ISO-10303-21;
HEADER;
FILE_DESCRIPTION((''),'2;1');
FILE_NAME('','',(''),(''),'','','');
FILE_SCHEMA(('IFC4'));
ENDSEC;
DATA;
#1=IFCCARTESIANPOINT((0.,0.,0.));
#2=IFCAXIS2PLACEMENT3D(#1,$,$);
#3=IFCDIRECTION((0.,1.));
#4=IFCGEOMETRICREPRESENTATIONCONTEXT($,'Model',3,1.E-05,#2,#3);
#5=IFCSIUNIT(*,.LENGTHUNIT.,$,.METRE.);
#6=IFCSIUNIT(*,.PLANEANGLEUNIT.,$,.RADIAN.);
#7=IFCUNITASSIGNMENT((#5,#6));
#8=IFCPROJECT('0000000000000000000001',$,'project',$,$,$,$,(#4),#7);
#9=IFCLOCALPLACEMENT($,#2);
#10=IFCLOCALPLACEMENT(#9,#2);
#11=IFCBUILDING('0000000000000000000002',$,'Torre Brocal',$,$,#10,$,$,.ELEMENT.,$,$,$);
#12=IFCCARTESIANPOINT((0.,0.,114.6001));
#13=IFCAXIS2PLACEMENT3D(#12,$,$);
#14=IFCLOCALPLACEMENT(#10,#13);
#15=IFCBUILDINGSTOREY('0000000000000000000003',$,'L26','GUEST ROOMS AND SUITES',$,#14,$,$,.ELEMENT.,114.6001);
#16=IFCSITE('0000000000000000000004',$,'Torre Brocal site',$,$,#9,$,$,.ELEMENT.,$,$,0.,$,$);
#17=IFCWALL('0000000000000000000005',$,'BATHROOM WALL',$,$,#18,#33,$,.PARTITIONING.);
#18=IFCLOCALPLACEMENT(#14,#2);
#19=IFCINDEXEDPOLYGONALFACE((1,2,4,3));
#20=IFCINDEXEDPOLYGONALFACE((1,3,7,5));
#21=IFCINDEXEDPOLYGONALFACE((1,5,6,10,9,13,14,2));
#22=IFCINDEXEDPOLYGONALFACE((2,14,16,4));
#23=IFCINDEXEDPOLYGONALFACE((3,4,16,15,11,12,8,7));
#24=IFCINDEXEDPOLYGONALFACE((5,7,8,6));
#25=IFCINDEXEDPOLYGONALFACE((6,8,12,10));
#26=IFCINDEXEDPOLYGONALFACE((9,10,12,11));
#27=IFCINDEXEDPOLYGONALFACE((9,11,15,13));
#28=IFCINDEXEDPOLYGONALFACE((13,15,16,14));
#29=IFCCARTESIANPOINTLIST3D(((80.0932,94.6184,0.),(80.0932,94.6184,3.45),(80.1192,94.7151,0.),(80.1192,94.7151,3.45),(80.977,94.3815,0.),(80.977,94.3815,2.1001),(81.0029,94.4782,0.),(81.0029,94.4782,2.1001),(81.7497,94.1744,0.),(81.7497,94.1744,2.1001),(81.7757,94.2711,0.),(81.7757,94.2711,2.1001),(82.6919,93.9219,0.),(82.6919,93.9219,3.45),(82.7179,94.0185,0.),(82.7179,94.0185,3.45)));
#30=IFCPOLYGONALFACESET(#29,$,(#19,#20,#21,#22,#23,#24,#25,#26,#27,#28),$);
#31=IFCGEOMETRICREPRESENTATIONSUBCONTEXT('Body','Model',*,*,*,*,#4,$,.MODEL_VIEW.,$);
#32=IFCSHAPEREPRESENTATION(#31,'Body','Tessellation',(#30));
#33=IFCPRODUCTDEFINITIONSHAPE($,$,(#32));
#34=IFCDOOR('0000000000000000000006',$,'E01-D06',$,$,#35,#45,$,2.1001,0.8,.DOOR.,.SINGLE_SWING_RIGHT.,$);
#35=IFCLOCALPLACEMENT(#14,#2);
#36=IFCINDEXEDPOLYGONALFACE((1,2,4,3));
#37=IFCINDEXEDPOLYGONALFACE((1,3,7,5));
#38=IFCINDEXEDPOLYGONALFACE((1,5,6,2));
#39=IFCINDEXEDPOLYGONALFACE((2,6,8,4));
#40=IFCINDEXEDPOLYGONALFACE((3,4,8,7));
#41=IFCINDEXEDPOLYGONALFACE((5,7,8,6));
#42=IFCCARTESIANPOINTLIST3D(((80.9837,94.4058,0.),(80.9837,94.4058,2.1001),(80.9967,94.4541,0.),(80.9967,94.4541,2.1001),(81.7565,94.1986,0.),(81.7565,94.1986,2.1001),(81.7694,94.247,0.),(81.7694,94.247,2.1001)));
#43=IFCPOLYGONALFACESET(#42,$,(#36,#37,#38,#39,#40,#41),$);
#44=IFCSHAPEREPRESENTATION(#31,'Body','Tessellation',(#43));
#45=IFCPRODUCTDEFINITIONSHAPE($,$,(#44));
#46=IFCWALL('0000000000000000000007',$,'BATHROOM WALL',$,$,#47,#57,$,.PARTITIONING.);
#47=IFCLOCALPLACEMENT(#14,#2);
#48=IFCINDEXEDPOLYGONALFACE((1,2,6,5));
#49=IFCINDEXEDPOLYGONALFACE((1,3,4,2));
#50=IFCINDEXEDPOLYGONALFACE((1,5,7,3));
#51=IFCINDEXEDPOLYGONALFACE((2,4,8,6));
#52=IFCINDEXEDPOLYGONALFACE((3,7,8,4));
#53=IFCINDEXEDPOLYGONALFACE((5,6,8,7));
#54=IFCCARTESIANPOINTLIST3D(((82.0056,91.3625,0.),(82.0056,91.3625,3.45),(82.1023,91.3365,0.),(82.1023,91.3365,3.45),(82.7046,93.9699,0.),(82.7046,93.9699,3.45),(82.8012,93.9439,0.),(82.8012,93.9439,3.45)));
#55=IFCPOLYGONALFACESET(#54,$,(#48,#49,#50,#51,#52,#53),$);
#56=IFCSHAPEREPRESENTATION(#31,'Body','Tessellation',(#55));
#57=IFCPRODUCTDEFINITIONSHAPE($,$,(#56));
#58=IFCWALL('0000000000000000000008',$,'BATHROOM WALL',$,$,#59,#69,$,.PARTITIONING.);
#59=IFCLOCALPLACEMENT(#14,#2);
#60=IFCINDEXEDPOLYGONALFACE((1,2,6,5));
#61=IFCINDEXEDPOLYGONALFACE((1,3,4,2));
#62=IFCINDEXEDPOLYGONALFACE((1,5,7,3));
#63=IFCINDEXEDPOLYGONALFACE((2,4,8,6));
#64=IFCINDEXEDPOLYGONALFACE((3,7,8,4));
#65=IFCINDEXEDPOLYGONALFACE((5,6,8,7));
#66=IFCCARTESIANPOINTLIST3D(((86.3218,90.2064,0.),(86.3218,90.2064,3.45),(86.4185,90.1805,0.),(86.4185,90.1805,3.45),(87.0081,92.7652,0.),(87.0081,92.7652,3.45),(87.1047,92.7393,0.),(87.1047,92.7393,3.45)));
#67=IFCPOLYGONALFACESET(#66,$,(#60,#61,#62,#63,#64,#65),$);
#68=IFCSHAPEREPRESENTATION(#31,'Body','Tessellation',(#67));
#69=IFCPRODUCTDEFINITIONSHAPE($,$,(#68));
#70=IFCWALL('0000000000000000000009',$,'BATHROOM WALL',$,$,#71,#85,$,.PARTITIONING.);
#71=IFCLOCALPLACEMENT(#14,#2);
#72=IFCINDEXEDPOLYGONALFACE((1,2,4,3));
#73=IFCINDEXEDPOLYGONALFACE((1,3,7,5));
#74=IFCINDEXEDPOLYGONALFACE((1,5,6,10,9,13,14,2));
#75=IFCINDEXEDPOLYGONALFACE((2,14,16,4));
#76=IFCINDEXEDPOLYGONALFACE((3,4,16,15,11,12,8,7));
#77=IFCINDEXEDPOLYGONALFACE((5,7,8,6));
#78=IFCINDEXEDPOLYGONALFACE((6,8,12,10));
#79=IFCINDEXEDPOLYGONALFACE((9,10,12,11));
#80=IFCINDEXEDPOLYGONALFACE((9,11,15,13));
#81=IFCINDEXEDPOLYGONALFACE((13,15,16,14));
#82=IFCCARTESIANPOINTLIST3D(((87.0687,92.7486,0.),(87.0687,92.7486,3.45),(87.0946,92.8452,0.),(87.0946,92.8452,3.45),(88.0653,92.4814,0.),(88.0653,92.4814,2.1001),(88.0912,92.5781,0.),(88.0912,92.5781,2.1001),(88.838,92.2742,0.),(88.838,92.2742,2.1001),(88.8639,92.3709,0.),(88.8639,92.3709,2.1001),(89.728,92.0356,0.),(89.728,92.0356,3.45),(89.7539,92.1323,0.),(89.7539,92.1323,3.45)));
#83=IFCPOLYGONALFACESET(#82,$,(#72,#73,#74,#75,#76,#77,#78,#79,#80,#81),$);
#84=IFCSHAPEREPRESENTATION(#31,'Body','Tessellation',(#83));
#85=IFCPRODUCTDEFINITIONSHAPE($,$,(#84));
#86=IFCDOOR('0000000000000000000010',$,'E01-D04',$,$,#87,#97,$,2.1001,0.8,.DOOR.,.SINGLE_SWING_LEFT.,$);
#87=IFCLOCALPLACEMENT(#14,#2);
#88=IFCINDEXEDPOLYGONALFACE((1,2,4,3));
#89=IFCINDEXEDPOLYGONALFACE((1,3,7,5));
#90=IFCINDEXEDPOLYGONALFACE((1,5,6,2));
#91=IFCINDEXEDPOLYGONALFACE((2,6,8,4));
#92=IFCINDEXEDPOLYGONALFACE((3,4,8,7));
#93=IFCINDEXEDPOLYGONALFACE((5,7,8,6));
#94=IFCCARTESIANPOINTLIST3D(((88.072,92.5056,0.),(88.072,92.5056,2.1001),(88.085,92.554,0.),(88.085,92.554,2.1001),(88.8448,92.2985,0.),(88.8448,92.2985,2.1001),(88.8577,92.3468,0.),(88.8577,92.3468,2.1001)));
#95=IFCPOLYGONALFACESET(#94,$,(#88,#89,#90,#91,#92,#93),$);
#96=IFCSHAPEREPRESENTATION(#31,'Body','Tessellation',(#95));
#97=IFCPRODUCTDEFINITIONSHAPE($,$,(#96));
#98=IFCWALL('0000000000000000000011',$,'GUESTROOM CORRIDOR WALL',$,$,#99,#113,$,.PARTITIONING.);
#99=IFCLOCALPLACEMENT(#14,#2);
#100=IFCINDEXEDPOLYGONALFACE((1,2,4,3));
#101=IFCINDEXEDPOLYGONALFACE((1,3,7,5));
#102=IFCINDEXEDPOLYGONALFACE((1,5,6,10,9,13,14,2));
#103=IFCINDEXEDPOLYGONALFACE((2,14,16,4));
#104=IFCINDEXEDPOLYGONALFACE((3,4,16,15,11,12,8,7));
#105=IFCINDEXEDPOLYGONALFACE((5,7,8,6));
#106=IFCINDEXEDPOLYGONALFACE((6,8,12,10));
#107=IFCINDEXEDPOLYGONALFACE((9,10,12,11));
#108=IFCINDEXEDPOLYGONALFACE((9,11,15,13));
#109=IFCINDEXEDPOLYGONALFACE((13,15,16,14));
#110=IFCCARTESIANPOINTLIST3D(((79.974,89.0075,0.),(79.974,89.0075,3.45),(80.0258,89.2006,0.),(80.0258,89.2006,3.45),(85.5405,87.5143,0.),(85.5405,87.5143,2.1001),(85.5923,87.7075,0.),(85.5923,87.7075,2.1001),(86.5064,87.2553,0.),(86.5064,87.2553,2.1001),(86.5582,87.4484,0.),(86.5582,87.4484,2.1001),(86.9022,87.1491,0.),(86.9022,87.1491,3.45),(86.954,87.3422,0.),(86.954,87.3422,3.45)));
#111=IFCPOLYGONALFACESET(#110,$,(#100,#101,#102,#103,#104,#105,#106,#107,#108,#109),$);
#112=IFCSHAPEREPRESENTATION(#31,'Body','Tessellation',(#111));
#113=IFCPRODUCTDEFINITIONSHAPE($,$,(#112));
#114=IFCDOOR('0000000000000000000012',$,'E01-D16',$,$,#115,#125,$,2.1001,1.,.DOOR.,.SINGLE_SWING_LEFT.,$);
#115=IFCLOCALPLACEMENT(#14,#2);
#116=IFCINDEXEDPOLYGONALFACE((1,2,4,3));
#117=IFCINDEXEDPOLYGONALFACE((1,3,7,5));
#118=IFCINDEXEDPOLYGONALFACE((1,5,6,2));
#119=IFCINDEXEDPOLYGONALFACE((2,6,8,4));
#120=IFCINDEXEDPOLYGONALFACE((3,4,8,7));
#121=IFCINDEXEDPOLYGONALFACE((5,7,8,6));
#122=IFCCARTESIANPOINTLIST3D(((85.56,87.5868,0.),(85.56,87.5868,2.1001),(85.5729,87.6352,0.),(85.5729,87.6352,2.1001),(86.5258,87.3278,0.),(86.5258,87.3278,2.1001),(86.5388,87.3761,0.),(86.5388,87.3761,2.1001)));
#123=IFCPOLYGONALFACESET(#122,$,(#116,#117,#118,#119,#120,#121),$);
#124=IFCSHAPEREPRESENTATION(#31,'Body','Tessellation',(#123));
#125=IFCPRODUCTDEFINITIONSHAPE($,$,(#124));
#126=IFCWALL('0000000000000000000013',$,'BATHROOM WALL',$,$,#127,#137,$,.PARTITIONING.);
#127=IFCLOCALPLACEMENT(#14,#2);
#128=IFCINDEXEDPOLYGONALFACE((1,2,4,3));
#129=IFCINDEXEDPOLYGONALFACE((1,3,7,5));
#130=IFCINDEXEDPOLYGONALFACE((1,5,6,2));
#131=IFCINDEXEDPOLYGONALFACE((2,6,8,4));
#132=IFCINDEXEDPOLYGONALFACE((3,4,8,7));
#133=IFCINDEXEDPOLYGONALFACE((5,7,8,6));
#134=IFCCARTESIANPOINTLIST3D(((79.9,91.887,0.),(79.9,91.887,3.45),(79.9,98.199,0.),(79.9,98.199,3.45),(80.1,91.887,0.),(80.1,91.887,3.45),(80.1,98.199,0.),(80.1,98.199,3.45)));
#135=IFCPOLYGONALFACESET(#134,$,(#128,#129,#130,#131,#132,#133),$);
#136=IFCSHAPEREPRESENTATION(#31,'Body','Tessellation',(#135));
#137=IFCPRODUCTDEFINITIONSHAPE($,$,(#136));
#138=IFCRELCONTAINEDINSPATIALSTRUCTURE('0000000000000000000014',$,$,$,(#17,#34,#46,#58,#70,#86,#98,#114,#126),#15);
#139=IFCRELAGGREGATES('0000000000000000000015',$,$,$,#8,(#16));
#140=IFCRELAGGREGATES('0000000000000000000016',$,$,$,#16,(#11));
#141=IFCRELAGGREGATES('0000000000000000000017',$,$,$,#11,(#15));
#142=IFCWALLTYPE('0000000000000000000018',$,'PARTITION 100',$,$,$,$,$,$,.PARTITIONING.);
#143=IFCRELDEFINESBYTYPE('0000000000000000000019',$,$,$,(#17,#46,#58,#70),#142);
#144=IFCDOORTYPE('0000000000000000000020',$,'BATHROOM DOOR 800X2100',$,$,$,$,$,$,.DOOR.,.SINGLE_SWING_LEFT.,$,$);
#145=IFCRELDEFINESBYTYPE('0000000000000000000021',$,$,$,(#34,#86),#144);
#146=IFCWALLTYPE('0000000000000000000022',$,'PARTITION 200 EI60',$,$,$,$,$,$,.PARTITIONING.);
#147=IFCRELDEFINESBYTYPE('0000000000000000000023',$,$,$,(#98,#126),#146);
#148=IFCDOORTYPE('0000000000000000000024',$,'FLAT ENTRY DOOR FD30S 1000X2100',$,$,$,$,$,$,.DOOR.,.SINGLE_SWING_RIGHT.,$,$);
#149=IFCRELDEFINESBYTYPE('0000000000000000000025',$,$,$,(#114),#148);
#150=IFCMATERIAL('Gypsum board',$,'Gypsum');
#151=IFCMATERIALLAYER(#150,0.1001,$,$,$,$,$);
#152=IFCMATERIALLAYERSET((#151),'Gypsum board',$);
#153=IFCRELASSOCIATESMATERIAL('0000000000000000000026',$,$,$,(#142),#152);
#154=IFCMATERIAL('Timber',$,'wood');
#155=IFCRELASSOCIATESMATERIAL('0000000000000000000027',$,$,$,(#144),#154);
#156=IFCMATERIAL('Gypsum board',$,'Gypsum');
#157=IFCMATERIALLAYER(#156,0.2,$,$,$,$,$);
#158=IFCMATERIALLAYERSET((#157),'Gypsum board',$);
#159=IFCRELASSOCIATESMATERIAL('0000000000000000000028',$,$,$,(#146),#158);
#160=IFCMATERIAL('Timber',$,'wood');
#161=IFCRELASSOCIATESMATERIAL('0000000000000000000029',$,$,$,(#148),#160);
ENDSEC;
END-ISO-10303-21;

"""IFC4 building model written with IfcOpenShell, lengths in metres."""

from ifc_helpers import new_model, si_unit, direction, frame, frame_2d, origin, place, context, subcontext, project, spatial, rectangle, extrude, material, layer, layer_set, type_object, element, fill, save


model = new_model("IFC4")

# Units and contexts
model_context = context("Model", 3, precision=1e-05, world=origin(), true_north=direction((0.0, 1.0)))
body_context = subcontext(model_context, "Body", "Model", "MODEL_VIEW")
ifc_project = project(units=[si_unit("LENGTHUNIT", "METRE"), si_unit("PLANEANGLEUNIT", "RADIAN")], contexts=[model_context])

# Site, building, storey
site_placement = place(None, origin())
site = spatial("IfcSite", under=ifc_project, at=site_placement, Name="Torre Brocal site", CompositionType="ELEMENT", RefElevation=0.0)
building_placement = place(site_placement, origin())
building = spatial("IfcBuilding", under=site, at=building_placement, Name="Torre Brocal", CompositionType="ELEMENT")
storey_placement = place(building_placement, frame((0.0, 0.0, 114.6001)))
storey = spatial("IfcBuildingStorey", under=building, at=storey_placement, Name="L26", Description="GUEST ROOMS AND SUITES", CompositionType="ELEMENT", Elevation=114.6001)

# Wall, opening, door
ifc_material_1 = material(Name="Gypsum board", Category="Gypsum")
ifc_layer_1 = layer(ifc_material_1, 0.1001)
ifc_layer_set_1 = layer_set([ifc_layer_1], Name="Gypsum board")
wall_type_1 = type_object("IfcWallType", Name="PARTITION 100", PredefinedType="PARTITIONING", material=ifc_layer_set_1)
wall_1_placement = place(storey_placement, frame((80.1062, 94.6667, 0.0), z_axis=(0.0, 0.0, 1.0), x_axis=(0.965904, -0.258899, 0.0)))
wall_1 = element("IfcWall", 1, at=wall_1_placement, inside=storey, type_object=wall_type_1, Name="BATHROOM WALL", PredefinedType="PARTITIONING", context=body_context, shape_type="SweptSolid", body=[
    extrude(rectangle(XDim=2.6904, YDim=0.1001, at=frame_2d((1.3452, 0.0))), origin(), (0.0, 0.0, 1.0), 3.45),
])
opening_1_placement = place(wall_1_placement, frame((0.915, 0.0, 0.0)))
opening_1 = element("IfcOpeningElement", 2, at=opening_1_placement, cuts=wall_1, PredefinedType="OPENING", context=body_context, shape_type="SweptSolid", body=[
    extrude(rectangle(XDim=0.8, YDim=2.1001, at=frame_2d((0.3999, 1.05))), frame((0.0, 0.0601, 0.0), z_axis=(0.0, -1.0, 0.0), x_axis=(1.0, 0.0, 0.0)), (0.0, 0.0, 1.0), 0.1201),
])
ifc_material_2 = material(Name="Timber", Category="wood")
door_type_1 = type_object("IfcDoorType", Name="BATHROOM DOOR 800X2100", OperationType="SINGLE_SWING_LEFT", PredefinedType="DOOR", material=ifc_material_2)
door_1_placement = place(opening_1_placement, frame((0.8, 0.0, 0.0), z_axis=(0.0, 0.0, 1.0), x_axis=(-1.0, 0.0, 0.0)))
door_1 = element("IfcDoor", 3, at=door_1_placement, inside=storey, type_object=door_type_1, Name="E01-D06", OperationType="SINGLE_SWING_RIGHT", OverallHeight=2.1001, OverallWidth=0.8, PredefinedType="DOOR", context=body_context, shape_type="SweptSolid", body=[
    extrude(rectangle(XDim=0.8, YDim=2.1001, at=frame_2d((0.3999, 1.05))), frame((0.0, 0.0249, 0.0), z_axis=(0.0, -1.0, 0.0), x_axis=(1.0, 0.0, 0.0)), (0.0, 0.0, 1.0), 0.05),
])
fill(opening_1, door_1)

# Walls
wall_2_placement = place(storey_placement, frame((82.054, 91.3496, 0.0), z_axis=(0.0, 0.0, 1.0), x_axis=(0.258929, 0.965896, 0.0)))
element("IfcWall", 4, at=wall_2_placement, inside=storey, type_object=wall_type_1, Name="BATHROOM WALL", PredefinedType="PARTITIONING", context=body_context, shape_type="SweptSolid", body=[
    extrude(rectangle(XDim=2.6995, YDim=0.1001, at=frame_2d((1.3496, 0.0))), origin(), (0.0, 0.0, 1.0), 3.45),
])
wall_3_placement = place(storey_placement, frame((86.3701, 90.1934, 0.0), z_axis=(0.0, 0.0, 1.0), x_axis=(0.259045, 0.965865, 0.0)))
element("IfcWall", 5, at=wall_3_placement, inside=storey, type_object=wall_type_1, Name="BATHROOM WALL", PredefinedType="PARTITIONING", context=body_context, shape_type="SweptSolid", body=[
    extrude(rectangle(XDim=2.6492, YDim=0.1001, at=frame_2d((1.3247, 0.0))), origin(), (0.0, 0.0, 1.0), 3.45),
])

# Walls, openings, doors
wall_4_placement = place(storey_placement, frame((87.0818, 92.7969, 0.0), z_axis=(0.0, 0.0, 1.0), x_axis=(0.965893, -0.258943, 0.0)))
wall_4 = element("IfcWall", 6, at=wall_4_placement, inside=storey, type_object=wall_type_1, Name="BATHROOM WALL", PredefinedType="PARTITIONING", context=body_context, shape_type="SweptSolid", body=[
    extrude(rectangle(XDim=2.7532, YDim=0.1001, at=frame_2d((1.3765, 0.0))), origin(), (0.0, 0.0, 1.0), 3.45),
])
opening_2_placement = place(wall_4_placement, frame((1.0317, 0.0, 0.0)))
opening_2 = element("IfcOpeningElement", 7, at=opening_2_placement, cuts=wall_4, PredefinedType="OPENING", context=body_context, shape_type="SweptSolid", body=[
    extrude(rectangle(XDim=0.8, YDim=2.1001, at=frame_2d((0.3999, 1.05))), frame((0.0, 0.0601, 0.0), z_axis=(0.0, -1.0, 0.0), x_axis=(1.0, 0.0, 0.0)), (0.0, 0.0, 1.0), 0.1201),
])
door_2_placement = place(opening_2_placement, frame((0.8, 0.0, 0.0), z_axis=(0.0, 0.0, 1.0), x_axis=(-1.0, 0.0, 0.0)))
door_2 = element("IfcDoor", 8, at=door_2_placement, inside=storey, type_object=door_type_1, Name="E01-D04", OperationType="SINGLE_SWING_LEFT", OverallHeight=2.1001, OverallWidth=0.8, PredefinedType="DOOR", context=body_context, shape_type="SweptSolid", body=[
    extrude(rectangle(XDim=0.8, YDim=2.1001, at=frame_2d((0.3999, 1.05))), frame((0.0, 0.0249, 0.0), z_axis=(0.0, -1.0, 0.0), x_axis=(1.0, 0.0, 0.0)), (0.0, 0.0, 1.0), 0.05),
])
fill(opening_2, door_2)
ifc_material_3 = material(Name="Gypsum board", Category="Gypsum")
ifc_layer_2 = layer(ifc_material_3, 0.2)
ifc_layer_set_2 = layer_set([ifc_layer_2], Name="Gypsum board")
wall_type_2 = type_object("IfcWallType", Name="PARTITION 200 EI60", PredefinedType="PARTITIONING", material=ifc_layer_set_2)
wall_5_placement = place(storey_placement, frame((80.0, 89.104, 0.0), z_axis=(0.0, 0.0, 1.0), x_axis=(0.965857, -0.259077, 0.0)))
wall_5 = element("IfcWall", 9, at=wall_5_placement, inside=storey, type_object=wall_type_2, Name="GUESTROOM CORRIDOR WALL", PredefinedType="PARTITIONING", context=body_context, shape_type="SweptSolid", body=[
    extrude(rectangle(XDim=7.1731, YDim=0.2, at=frame_2d((3.5864, 0.0))), origin(), (0.0, 0.0, 1.0), 3.45),
])
opening_3_placement = place(wall_5_placement, frame((5.7632, 0.0, 0.0)))
opening_3 = element("IfcOpeningElement", 10, at=opening_3_placement, cuts=wall_5, PredefinedType="OPENING", context=body_context, shape_type="SweptSolid", body=[
    extrude(rectangle(XDim=1.0, YDim=2.1001, at=frame_2d((0.5, 1.05))), frame((0.0, 0.1099, 0.0), z_axis=(0.0, -1.0, 0.0), x_axis=(1.0, 0.0, 0.0)), (0.0, 0.0, 1.0), 0.22),
])
ifc_material_4 = material(Name="Timber", Category="wood")
door_type_2 = type_object("IfcDoorType", Name="FLAT ENTRY DOOR FD30S 1000X2100", OperationType="SINGLE_SWING_RIGHT", PredefinedType="DOOR", material=ifc_material_4)
door_3_placement = place(opening_3_placement, frame((1.0, 0.0, 0.0), z_axis=(0.0, 0.0, 1.0), x_axis=(-1.0, 0.0, 0.0)))
door_3 = element("IfcDoor", 11, at=door_3_placement, inside=storey, type_object=door_type_2, Name="E01-D16", OperationType="SINGLE_SWING_LEFT", OverallHeight=2.1001, OverallWidth=1.0, PredefinedType="DOOR", context=body_context, shape_type="SweptSolid", body=[
    extrude(rectangle(XDim=1.0, YDim=2.1001, at=frame_2d((0.5, 1.05))), frame((0.0, 0.0249, 0.0), z_axis=(0.0, -1.0, 0.0), x_axis=(1.0, 0.0, 0.0)), (0.0, 0.0, 1.0), 0.05),
])
fill(opening_3, door_3)

# Wall
wall_6_placement = place(storey_placement, frame((80.0, 91.887, 0.0), z_axis=(0.0, 0.0, 1.0), x_axis=(0.0, 1.0, 0.0)))
element("IfcWall", 12, at=wall_6_placement, inside=storey, type_object=wall_type_2, Name="BATHROOM WALL", PredefinedType="PARTITIONING", context=body_context, shape_type="SweptSolid", body=[
    extrude(rectangle(XDim=6.312, YDim=0.2, at=frame_2d((3.156, 0.0))), origin(), (0.0, 0.0, 1.0), 3.45),
])

save(model, "model.ifc")
